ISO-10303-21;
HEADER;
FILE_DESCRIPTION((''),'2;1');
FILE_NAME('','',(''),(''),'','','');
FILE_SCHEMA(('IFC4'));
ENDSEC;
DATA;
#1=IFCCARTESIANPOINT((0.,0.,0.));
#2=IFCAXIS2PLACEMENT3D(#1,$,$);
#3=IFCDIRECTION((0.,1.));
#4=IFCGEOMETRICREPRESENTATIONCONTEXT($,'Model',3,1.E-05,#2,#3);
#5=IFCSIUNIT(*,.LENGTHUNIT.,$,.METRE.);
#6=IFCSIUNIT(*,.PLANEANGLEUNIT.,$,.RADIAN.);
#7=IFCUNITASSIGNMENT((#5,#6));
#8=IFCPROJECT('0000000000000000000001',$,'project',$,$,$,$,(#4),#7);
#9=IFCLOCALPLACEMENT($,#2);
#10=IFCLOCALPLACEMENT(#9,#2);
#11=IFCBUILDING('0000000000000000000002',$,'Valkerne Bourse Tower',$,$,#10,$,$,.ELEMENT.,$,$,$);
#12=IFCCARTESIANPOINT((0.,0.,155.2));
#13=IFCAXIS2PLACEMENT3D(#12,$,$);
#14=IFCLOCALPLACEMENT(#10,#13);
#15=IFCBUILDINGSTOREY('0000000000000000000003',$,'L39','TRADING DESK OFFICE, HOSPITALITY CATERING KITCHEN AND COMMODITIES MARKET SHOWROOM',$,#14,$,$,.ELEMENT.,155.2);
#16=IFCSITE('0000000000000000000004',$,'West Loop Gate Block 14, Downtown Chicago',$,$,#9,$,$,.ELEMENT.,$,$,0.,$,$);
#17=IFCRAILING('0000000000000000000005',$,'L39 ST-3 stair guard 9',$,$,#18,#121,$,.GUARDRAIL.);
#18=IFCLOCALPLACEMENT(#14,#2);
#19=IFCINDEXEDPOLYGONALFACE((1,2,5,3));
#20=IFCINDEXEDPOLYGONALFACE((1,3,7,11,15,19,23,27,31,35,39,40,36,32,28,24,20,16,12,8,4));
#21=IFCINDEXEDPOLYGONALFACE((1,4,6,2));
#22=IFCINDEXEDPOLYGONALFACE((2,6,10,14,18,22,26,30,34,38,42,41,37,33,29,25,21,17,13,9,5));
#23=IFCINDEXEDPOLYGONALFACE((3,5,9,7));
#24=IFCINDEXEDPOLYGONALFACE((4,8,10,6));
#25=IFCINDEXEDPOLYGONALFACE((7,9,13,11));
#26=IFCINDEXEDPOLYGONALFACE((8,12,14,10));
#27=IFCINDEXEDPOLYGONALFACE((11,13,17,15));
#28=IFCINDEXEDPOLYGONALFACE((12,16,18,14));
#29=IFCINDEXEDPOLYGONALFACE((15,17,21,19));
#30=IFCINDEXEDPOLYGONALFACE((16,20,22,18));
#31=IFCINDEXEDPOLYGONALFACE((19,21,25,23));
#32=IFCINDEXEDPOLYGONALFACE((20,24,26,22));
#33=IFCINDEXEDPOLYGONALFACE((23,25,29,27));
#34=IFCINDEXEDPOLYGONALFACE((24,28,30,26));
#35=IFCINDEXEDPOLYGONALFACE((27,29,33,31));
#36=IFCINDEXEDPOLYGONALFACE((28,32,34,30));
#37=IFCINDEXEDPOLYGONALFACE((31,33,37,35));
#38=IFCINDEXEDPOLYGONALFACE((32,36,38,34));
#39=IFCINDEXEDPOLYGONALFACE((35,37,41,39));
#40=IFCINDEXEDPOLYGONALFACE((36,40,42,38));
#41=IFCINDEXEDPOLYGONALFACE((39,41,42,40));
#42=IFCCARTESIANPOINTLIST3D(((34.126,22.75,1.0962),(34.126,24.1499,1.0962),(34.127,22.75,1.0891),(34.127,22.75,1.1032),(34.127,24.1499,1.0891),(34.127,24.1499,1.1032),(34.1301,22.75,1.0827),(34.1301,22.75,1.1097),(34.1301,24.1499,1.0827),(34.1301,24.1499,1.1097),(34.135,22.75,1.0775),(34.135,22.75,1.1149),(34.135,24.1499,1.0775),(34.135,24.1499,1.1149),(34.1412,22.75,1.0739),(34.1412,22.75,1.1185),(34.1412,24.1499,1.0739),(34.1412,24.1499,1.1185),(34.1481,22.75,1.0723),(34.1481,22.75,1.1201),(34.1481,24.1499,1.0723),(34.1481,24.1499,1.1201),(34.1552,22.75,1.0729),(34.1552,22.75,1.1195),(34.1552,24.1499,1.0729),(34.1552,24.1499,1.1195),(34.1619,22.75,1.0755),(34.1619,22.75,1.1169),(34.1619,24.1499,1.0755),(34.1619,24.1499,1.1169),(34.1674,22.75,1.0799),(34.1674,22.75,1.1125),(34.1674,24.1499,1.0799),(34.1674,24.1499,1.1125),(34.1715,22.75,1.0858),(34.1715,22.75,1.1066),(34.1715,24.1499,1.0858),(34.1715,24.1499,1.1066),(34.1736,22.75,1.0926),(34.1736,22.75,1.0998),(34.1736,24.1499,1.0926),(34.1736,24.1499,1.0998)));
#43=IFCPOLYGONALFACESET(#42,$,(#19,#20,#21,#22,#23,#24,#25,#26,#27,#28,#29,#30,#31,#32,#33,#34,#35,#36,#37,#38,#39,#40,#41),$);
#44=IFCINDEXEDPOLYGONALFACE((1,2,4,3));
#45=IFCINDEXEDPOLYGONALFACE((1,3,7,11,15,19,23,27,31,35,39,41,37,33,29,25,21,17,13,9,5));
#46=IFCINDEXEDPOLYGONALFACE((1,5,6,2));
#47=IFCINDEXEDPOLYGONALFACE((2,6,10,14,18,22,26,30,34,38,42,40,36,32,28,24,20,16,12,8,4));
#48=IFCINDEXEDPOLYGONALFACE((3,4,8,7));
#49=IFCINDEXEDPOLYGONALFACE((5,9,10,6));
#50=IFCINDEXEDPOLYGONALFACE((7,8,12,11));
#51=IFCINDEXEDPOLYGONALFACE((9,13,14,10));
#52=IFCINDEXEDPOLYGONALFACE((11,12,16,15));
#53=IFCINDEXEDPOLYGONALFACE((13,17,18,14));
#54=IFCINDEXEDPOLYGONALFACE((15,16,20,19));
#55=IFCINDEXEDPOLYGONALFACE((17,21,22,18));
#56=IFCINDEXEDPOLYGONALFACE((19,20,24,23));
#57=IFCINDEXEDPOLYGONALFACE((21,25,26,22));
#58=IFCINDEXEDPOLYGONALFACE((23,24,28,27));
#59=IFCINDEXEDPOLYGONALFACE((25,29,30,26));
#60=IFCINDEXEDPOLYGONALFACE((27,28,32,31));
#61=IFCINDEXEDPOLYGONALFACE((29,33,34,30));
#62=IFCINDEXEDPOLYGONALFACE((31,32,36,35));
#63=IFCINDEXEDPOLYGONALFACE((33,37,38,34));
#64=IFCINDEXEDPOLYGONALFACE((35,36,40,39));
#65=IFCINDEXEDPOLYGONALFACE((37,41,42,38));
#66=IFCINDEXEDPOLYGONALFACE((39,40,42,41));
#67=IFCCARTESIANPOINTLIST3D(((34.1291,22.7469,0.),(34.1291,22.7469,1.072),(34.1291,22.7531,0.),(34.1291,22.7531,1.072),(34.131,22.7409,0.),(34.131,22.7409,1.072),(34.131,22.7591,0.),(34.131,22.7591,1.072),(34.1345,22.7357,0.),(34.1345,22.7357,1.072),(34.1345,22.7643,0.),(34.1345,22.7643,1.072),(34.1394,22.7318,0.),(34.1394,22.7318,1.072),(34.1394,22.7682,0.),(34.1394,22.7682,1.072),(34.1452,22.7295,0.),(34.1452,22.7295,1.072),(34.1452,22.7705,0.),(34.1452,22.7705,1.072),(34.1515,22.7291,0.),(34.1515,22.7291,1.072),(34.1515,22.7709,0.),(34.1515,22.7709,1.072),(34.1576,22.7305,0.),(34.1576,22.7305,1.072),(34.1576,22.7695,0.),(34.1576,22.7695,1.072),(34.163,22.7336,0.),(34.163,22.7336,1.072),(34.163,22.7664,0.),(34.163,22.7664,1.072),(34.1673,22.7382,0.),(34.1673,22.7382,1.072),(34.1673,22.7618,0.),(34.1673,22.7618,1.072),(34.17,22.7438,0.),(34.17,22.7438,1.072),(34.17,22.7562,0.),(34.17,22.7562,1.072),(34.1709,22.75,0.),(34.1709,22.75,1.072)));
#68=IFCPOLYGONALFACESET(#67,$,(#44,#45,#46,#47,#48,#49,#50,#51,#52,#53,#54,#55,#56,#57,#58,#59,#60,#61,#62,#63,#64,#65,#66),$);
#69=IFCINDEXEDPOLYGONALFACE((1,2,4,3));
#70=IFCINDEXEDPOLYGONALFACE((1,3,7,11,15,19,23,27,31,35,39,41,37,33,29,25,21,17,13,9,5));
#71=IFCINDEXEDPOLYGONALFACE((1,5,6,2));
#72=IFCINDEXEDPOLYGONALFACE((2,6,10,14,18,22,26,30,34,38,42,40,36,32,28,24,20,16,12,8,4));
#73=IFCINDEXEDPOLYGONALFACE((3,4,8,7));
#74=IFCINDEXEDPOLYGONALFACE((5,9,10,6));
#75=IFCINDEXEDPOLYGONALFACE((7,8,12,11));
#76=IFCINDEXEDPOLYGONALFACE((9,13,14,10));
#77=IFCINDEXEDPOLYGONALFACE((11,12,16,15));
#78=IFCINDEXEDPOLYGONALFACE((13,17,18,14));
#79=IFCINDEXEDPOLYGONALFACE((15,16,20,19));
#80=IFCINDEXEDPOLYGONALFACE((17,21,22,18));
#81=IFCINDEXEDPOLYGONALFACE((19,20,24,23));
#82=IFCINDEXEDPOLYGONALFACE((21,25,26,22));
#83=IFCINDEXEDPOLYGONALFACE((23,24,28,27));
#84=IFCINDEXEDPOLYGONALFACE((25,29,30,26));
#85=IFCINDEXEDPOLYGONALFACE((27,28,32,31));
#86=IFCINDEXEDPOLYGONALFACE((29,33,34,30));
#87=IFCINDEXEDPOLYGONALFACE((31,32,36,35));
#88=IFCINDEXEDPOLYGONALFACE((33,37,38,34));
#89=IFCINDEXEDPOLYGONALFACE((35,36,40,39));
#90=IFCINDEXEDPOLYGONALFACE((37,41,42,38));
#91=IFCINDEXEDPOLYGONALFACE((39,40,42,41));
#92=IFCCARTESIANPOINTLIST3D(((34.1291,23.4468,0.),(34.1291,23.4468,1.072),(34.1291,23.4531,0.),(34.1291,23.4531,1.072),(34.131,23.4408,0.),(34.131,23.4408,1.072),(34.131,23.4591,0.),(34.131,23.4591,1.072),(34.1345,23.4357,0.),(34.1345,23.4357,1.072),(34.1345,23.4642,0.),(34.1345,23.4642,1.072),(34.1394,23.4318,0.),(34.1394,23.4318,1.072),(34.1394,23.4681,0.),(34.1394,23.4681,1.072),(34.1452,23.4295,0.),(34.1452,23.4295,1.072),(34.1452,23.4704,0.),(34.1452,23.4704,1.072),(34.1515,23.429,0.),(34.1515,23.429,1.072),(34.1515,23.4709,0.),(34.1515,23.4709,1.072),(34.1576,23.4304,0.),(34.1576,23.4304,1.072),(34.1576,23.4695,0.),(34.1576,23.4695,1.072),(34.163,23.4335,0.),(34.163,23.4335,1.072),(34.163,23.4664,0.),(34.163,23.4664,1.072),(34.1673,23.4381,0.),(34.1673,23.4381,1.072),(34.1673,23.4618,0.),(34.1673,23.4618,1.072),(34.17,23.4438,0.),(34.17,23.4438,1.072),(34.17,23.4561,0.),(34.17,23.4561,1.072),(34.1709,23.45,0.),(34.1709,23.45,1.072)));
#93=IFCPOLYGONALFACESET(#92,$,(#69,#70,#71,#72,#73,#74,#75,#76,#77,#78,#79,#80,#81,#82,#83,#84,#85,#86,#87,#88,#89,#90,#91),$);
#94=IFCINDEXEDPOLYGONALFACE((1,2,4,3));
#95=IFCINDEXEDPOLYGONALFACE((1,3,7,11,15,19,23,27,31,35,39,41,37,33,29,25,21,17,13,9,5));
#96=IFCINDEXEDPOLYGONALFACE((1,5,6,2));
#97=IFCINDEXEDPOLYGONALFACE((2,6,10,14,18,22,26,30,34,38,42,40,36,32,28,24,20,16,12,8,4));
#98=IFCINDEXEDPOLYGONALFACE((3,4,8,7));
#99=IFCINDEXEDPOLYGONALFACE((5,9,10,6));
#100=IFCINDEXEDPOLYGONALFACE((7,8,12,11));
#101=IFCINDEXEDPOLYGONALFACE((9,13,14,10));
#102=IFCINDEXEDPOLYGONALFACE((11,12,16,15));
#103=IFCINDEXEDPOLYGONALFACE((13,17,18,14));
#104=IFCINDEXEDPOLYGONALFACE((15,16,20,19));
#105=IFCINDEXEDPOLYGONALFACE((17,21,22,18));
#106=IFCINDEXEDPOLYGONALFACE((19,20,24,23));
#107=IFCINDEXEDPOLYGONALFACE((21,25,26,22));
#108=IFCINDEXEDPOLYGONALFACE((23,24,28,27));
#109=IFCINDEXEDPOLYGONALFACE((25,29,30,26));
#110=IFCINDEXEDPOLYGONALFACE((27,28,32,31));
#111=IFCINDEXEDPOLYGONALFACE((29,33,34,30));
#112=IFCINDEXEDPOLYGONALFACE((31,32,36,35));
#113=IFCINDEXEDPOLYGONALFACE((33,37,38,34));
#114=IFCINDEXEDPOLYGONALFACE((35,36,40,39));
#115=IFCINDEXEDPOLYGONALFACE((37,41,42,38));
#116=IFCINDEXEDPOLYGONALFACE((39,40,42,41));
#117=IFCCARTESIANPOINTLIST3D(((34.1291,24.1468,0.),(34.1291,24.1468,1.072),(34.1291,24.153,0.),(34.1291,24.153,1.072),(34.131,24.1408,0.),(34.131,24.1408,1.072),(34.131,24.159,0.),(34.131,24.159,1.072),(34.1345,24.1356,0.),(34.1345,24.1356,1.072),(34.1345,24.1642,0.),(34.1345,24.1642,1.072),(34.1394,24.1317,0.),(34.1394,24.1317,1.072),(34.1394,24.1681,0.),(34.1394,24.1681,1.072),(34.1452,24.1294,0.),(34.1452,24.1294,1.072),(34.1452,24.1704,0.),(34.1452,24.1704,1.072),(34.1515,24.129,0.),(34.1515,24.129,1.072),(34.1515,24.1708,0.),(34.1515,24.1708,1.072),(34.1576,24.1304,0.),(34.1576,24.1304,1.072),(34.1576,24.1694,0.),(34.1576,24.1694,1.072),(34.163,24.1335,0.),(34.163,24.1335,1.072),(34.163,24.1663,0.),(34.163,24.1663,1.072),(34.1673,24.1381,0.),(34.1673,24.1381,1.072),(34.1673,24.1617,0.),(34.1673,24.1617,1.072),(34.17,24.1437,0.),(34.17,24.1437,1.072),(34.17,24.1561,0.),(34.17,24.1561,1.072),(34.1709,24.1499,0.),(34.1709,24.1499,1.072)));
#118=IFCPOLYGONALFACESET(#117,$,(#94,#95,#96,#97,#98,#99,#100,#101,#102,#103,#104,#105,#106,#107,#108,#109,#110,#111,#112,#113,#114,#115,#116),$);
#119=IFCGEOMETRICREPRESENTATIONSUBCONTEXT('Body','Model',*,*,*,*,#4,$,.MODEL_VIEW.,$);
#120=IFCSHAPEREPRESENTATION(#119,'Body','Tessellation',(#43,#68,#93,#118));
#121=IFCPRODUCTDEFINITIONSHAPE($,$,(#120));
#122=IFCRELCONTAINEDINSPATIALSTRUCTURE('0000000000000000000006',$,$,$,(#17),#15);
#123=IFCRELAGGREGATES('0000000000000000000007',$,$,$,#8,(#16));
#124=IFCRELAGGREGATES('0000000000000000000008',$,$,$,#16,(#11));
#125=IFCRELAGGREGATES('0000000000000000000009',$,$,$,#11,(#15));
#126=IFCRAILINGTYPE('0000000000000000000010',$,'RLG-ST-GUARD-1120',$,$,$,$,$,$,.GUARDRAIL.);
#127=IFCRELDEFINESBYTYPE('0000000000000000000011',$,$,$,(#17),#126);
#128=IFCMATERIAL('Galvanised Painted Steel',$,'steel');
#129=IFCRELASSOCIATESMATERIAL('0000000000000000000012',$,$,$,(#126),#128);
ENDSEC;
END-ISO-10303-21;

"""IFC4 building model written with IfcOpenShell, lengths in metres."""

from ifc_helpers import new_model, si_unit, direction, frame, origin, origin_2d, place, context, subcontext, project, spatial, circle, extrude, material, type_object, element, save


model = new_model("IFC4")

# Units and contexts
model_context = context("Model", 3, precision=1e-05, world=origin(), true_north=direction((0.0, 1.0)))
body_context = subcontext(model_context, "Body", "Model", "MODEL_VIEW")
ifc_project = project(units=[si_unit("LENGTHUNIT", "METRE"), si_unit("PLANEANGLEUNIT", "RADIAN")], contexts=[model_context])

# Site, building, storey
site_placement = place(None, origin())
site = spatial("IfcSite", under=ifc_project, at=site_placement, Name="West Loop Gate Block 14, Downtown Chicago", CompositionType="ELEMENT", RefElevation=0.0)
building_placement = place(site_placement, origin())
building = spatial("IfcBuilding", under=site, at=building_placement, Name="Valkerne Bourse Tower", CompositionType="ELEMENT")
storey_placement = place(building_placement, frame((0.0, 0.0, 155.2)))
storey = spatial("IfcBuildingStorey", under=building, at=storey_placement, Name="L39", Description="TRADING DESK OFFICE, HOSPITALITY CATERING KITCHEN AND COMMODITIES MARKET SHOWROOM", CompositionType="ELEMENT", Elevation=155.2)

# Shared definitions
ifc_material_1 = material(Name="Galvanised Painted Steel", Category="steel")

# Railing
railing_type = type_object("IfcRailingType", Name="RLG-ST-GUARD-1120", PredefinedType="GUARDRAIL", material=ifc_material_1)
for number, where, name in (
    (1, (34.1499, 22.75, 0.0), "L39 ST-3 stair guard 9"),
):
    element("IfcRailing", number, at=place(storey_placement, frame(where)), inside=storey, type_object=railing_type, Name=name, PredefinedType="GUARDRAIL", context=body_context, shape_type="SweptSolid", body=[
        extrude(circle(Radius=0.0239, at=origin_2d()), frame((0.0, 0.0, 1.0962), z_axis=(0.0, 1.0, 0.0), x_axis=(-1.0, 0.0, 0.0)), (0.0, 0.0, 1.0), 1.3999),
        extrude(circle(Radius=0.021, at=origin_2d()), origin(), (0.0, 0.0, 1.0), 1.072),
        extrude(circle(Radius=0.021, at=origin_2d()), frame((0.0, 0.7, 0.0)), (0.0, 0.0, 1.0), 1.072),
        extrude(circle(Radius=0.021, at=origin_2d()), frame((0.0, 1.3999, 0.0)), (0.0, 0.0, 1.0), 1.072),
    ])

save(model, "model.ifc")
